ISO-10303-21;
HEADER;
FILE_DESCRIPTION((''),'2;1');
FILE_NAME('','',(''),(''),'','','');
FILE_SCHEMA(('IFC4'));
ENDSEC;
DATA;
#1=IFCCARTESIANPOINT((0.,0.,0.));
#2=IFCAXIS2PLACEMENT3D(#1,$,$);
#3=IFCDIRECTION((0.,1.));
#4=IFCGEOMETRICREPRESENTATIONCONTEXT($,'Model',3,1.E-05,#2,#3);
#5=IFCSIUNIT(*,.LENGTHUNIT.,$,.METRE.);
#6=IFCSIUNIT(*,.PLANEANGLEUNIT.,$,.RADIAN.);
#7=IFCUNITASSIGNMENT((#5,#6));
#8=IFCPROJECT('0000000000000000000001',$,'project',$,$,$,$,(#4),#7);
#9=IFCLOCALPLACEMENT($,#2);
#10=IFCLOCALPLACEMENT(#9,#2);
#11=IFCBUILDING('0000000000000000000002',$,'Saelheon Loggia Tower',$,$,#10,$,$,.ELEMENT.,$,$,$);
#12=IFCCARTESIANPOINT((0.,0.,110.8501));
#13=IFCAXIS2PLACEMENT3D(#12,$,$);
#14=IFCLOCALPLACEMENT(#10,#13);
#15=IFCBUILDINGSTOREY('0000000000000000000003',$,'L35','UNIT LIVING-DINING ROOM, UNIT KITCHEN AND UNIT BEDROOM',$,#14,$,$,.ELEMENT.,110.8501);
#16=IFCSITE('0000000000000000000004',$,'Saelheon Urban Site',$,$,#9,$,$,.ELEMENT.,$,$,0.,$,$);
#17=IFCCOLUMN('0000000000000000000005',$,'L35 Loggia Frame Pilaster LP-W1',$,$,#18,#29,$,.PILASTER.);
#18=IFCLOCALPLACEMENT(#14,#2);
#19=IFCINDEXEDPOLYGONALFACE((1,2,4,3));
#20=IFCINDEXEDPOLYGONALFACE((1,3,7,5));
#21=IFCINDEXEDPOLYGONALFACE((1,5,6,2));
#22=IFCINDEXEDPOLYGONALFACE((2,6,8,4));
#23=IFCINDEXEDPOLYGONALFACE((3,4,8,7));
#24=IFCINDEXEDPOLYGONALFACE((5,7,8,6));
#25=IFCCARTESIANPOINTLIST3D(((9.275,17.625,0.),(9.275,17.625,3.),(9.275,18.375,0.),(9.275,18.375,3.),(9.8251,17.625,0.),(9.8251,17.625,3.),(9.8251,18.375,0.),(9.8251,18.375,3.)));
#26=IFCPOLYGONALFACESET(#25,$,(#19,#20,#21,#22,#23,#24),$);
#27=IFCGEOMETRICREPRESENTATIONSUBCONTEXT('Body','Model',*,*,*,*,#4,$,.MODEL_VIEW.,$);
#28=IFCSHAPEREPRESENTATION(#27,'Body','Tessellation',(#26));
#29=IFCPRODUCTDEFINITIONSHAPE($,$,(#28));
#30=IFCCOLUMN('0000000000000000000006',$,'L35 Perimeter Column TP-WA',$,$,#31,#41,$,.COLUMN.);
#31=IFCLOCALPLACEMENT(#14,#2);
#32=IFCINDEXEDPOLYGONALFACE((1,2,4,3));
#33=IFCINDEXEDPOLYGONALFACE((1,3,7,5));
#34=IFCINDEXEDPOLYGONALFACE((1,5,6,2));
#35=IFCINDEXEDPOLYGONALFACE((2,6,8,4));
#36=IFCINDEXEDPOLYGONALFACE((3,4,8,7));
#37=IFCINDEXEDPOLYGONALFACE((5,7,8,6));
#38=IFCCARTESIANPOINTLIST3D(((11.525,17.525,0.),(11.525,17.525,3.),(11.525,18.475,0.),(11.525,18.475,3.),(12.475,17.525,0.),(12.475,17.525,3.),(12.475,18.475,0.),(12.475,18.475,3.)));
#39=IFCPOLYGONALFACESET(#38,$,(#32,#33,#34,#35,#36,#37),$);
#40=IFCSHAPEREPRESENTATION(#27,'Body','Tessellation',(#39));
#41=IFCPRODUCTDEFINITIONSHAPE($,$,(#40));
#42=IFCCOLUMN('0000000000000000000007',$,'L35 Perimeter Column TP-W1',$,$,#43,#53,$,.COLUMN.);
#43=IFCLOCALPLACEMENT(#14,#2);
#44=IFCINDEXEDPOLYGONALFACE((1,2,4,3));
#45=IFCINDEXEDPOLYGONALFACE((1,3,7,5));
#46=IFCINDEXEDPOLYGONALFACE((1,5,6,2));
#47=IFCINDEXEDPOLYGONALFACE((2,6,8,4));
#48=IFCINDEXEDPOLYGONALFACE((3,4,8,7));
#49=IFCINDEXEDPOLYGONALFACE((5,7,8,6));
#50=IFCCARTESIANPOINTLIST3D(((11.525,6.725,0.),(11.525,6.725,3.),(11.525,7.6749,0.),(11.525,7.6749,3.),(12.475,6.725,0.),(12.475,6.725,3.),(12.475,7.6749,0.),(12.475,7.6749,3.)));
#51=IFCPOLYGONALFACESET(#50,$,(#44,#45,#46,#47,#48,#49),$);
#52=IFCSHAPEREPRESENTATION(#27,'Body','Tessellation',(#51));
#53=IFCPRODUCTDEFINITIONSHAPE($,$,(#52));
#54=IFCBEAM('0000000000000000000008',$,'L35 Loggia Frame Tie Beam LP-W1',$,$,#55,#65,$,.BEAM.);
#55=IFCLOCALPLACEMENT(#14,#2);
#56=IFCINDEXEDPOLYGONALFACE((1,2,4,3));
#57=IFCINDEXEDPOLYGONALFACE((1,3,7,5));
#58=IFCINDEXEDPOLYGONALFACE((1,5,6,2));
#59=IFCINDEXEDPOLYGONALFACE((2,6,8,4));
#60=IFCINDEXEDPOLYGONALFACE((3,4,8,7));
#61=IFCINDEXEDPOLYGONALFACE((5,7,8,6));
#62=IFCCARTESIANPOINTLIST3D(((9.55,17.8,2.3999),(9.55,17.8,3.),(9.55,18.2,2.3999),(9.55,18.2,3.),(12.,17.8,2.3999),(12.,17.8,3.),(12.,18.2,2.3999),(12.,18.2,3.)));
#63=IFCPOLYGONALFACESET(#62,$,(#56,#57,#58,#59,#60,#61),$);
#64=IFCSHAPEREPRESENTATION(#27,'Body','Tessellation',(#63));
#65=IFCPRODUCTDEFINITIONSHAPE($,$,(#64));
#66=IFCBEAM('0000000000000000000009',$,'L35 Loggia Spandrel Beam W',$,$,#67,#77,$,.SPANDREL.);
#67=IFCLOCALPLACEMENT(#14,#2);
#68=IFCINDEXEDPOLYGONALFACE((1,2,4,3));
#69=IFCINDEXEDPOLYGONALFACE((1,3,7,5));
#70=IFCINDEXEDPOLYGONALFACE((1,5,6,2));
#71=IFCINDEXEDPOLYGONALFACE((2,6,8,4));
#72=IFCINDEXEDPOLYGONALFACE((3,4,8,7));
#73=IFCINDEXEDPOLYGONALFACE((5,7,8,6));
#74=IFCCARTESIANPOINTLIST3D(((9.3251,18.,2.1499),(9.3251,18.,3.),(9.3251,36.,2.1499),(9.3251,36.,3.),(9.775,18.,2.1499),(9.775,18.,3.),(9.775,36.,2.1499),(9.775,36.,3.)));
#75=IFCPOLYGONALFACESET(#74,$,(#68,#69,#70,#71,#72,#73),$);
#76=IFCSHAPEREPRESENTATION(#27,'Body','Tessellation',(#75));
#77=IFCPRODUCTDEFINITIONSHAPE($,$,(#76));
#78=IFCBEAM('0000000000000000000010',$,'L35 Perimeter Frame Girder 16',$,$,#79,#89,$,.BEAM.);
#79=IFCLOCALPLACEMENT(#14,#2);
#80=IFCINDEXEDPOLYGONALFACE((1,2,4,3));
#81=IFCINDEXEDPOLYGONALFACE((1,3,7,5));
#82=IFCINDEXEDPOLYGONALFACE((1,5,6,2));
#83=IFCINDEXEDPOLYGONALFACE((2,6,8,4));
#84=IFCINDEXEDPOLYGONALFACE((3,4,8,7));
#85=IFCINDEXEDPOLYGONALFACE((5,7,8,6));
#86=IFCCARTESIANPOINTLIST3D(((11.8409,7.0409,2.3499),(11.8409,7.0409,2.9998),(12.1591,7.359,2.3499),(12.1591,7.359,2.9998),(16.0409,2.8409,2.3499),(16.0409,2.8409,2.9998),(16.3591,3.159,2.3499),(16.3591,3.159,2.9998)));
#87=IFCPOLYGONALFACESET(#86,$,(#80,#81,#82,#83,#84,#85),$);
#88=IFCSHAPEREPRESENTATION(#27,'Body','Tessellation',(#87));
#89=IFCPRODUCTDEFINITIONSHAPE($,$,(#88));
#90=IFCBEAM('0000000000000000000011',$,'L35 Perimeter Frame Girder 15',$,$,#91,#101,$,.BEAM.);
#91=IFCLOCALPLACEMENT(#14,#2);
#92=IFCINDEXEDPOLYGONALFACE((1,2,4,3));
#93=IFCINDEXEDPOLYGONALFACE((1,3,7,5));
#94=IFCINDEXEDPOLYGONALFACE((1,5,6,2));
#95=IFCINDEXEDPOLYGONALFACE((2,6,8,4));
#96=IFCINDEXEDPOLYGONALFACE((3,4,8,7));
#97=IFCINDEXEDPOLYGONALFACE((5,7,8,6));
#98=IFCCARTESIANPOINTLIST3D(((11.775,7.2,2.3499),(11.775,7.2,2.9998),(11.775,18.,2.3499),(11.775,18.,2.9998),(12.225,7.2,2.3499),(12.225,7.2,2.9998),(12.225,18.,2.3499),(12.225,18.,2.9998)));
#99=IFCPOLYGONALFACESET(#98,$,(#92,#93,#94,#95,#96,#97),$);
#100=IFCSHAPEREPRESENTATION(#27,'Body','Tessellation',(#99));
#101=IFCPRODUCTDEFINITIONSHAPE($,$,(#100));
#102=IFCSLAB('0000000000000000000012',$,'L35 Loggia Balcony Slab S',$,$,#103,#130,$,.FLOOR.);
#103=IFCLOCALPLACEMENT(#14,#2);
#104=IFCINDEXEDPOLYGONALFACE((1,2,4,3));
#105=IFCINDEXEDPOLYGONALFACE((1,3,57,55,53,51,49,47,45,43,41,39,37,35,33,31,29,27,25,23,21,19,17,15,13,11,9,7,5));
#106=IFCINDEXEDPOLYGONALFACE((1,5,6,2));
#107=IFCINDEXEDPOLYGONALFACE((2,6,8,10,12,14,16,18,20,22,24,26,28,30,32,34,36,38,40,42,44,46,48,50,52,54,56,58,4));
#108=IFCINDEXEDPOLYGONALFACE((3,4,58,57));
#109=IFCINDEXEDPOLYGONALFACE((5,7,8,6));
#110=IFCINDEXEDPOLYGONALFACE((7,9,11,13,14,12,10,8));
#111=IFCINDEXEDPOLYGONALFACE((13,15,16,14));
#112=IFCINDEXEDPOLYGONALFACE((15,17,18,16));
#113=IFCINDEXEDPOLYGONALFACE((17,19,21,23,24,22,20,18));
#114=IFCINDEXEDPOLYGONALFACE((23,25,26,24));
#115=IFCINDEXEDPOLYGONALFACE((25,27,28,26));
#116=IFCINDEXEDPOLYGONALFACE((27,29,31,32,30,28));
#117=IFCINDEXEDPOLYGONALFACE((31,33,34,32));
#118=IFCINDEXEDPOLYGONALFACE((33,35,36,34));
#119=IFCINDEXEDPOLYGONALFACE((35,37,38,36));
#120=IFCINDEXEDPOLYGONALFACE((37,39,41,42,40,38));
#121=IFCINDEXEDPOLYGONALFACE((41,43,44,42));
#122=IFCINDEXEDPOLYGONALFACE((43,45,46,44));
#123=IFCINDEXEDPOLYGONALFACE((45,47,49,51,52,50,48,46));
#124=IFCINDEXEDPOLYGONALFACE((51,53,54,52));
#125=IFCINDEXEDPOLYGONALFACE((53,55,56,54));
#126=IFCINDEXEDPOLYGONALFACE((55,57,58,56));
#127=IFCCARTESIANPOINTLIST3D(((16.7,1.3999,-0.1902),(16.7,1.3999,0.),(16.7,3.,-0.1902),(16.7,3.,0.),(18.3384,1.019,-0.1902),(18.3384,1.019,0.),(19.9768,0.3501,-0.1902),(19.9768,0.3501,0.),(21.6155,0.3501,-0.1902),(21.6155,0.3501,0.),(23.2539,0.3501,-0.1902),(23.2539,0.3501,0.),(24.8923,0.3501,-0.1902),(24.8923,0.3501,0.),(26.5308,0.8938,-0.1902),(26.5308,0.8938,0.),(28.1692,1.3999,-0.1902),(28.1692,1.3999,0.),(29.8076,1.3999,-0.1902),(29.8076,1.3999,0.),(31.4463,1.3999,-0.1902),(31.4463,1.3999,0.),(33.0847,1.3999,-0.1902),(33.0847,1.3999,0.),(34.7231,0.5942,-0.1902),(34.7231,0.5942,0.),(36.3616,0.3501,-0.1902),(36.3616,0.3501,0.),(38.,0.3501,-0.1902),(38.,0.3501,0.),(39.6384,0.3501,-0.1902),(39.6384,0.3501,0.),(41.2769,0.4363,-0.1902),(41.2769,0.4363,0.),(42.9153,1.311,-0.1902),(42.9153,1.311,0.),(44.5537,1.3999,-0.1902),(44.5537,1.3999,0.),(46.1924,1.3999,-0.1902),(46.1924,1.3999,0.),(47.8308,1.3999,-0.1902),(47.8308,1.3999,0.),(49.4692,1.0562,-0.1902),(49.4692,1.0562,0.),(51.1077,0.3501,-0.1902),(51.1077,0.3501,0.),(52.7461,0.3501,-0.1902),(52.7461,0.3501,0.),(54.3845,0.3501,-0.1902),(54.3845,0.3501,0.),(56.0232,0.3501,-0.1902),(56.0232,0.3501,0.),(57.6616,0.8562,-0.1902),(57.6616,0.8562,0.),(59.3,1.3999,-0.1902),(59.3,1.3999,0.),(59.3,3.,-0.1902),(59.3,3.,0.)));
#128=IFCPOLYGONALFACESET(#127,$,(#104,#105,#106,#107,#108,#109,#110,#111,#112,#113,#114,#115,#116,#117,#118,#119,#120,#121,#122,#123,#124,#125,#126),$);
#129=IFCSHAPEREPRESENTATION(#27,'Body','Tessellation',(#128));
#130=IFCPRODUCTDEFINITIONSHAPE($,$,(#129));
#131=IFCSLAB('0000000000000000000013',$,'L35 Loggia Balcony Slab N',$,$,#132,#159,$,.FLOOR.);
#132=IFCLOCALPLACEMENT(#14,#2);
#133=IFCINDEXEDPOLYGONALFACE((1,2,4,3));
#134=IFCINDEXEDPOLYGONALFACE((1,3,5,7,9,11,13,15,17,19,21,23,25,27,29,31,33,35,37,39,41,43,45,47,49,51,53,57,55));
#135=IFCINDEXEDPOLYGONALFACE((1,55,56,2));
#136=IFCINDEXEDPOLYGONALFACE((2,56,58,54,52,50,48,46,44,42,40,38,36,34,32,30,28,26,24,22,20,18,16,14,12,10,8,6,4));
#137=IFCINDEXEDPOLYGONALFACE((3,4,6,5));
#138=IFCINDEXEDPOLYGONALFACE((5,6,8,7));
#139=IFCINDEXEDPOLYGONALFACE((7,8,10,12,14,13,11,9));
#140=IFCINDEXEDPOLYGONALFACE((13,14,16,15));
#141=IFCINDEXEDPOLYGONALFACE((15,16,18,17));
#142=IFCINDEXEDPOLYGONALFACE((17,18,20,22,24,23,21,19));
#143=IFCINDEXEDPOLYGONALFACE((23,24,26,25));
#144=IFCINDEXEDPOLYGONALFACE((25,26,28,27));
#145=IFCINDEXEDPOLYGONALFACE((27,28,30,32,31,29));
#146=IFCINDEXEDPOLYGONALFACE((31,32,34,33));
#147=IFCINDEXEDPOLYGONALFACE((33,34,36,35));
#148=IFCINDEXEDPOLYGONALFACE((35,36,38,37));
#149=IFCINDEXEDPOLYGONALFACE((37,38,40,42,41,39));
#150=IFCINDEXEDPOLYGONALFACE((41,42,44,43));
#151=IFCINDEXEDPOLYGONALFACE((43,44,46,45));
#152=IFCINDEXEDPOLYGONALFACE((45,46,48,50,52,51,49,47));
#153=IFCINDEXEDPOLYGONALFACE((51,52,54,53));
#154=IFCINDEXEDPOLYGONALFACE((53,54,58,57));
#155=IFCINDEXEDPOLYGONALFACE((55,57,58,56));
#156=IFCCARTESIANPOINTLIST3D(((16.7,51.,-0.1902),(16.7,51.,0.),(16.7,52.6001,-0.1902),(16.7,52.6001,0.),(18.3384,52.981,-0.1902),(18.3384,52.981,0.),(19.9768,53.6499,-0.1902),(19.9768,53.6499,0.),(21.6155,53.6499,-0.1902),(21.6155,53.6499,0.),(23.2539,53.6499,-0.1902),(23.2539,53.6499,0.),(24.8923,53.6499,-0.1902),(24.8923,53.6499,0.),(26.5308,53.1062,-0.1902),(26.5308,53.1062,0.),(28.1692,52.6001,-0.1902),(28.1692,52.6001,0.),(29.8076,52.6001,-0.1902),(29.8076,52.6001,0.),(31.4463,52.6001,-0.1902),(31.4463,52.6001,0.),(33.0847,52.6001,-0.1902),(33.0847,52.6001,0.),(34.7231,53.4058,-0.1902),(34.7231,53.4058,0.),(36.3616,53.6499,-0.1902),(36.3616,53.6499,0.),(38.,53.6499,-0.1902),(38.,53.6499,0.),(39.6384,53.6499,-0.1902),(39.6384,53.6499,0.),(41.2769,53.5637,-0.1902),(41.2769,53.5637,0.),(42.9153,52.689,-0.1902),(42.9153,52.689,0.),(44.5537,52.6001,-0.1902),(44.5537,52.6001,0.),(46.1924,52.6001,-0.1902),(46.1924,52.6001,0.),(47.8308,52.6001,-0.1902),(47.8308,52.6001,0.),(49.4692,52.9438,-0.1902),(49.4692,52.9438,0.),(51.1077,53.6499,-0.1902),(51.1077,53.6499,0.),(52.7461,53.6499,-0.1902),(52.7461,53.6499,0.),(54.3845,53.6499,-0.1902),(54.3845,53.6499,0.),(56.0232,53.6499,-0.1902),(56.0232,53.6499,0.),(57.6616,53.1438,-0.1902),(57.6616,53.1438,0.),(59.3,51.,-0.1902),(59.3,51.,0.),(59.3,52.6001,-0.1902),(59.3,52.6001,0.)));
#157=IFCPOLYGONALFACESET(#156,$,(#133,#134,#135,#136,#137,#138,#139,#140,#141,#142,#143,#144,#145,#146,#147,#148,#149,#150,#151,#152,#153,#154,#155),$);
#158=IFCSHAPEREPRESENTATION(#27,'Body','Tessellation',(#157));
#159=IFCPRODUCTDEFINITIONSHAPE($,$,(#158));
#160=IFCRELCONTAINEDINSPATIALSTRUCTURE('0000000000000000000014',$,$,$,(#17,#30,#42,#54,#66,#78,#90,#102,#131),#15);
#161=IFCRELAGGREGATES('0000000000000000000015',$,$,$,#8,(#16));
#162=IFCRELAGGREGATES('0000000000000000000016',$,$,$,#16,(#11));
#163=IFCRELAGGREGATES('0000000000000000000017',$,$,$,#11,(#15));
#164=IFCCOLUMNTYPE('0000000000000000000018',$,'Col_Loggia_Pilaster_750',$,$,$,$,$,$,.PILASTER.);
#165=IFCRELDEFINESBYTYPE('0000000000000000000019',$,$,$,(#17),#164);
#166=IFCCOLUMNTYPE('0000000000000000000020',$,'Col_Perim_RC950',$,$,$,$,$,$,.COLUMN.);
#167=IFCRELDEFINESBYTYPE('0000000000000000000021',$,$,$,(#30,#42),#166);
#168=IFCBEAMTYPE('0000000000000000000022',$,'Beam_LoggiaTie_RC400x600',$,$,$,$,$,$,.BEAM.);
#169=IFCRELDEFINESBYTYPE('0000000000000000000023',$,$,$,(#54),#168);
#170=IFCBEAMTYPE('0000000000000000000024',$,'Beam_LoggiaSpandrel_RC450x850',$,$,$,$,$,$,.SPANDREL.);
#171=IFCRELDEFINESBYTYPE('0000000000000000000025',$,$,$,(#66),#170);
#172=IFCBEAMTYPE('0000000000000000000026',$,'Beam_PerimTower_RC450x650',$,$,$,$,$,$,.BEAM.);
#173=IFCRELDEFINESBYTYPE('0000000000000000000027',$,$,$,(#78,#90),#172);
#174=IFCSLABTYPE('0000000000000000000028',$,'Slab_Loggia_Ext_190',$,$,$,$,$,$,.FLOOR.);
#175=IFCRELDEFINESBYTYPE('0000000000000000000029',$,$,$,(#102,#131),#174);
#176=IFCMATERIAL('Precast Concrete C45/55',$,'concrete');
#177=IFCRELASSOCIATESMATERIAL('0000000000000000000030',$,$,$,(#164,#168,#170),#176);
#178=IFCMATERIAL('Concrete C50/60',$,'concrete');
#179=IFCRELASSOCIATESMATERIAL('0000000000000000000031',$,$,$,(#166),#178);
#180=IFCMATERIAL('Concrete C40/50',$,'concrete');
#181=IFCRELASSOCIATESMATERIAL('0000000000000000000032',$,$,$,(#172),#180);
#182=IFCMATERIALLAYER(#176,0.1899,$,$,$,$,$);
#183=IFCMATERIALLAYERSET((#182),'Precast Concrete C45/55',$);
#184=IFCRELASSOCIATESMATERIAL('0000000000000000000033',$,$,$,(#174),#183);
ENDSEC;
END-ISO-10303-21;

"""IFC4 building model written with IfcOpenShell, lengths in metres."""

from ifc_helpers import new_model, si_unit, direction, frame, origin, origin_2d, place, context, subcontext, project, spatial, polyline, rectangle, outline, extrude, source, transform, mapped, material, layer, layer_set, material_profile, profile_set, type_object, element, save


model = new_model("IFC4")

# Units and contexts
model_context = context("Model", 3, precision=1e-05, world=origin(), true_north=direction((0.0, 1.0)))
body_context = subcontext(model_context, "Body", "Model", "MODEL_VIEW")
ifc_project = project(units=[si_unit("LENGTHUNIT", "METRE"), si_unit("PLANEANGLEUNIT", "RADIAN")], contexts=[model_context])

# Site, building, storey
site_placement = place(None, origin())
site = spatial("IfcSite", under=ifc_project, at=site_placement, Name="Saelheon Urban Site", CompositionType="ELEMENT", RefElevation=0.0)
building_placement = place(site_placement, origin())
building = spatial("IfcBuilding", under=site, at=building_placement, Name="Saelheon Loggia Tower", CompositionType="ELEMENT")
storey_placement = place(building_placement, frame((0.0, 0.0, 110.8501)))
storey = spatial("IfcBuildingStorey", under=building, at=storey_placement, Name="L35", Description="UNIT LIVING-DINING ROOM, UNIT KITCHEN AND UNIT BEDROOM", CompositionType="ELEMENT", Elevation=110.8501)

# Columns
ifc_material_1 = material(Name="Precast Concrete C45/55", Category="concrete")
ifc_material_profile_1 = material_profile(ifc_material_1, rectangle(XDim=0.55, YDim=0.75, at=origin_2d()), Name="RC-550x750")
ifc_profile_set_1 = profile_set([ifc_material_profile_1], Name="Precast Concrete C45/55")
column_type_1 = type_object("IfcColumnType", Name="Col_Loggia_Pilaster_750", PredefinedType="PILASTER", material=ifc_profile_set_1)
shared_shape_1 = source(origin(), body_context, "Body", "SweptSolid", [
    extrude(rectangle(XDim=0.55, YDim=0.75, at=origin_2d()), origin(), (0.0, 0.0, 1.0), 3.0),
])
column_placement = place(storey_placement, frame((9.55, 18.0, 0.0), z_axis=(0.0, 0.0, 1.0), x_axis=(1.0, 0.0, 0.0)))
element("IfcColumn", 1, at=column_placement, inside=storey, type_object=column_type_1, Name="L35 Loggia Frame Pilaster LP-W1", PredefinedType="PILASTER", context=body_context, shape_type="MappedRepresentation", body=[
    mapped(shared_shape_1, transform((0.0, 0.0, 0.0), scale=1.0)),
])
ifc_material_2 = material(Name="Concrete C50/60", Category="concrete")
ifc_material_profile_2 = material_profile(ifc_material_2, rectangle(XDim=0.95, YDim=0.95, at=origin_2d()), Name="RC-950x950")
ifc_profile_set_2 = profile_set([ifc_material_profile_2], Name="Concrete C50/60")
column_type_2 = type_object("IfcColumnType", Name="Col_Perim_RC950", PredefinedType="COLUMN", material=ifc_profile_set_2)
shared_shape_2 = source(origin(), body_context, "Body", "SweptSolid", [
    extrude(rectangle(XDim=0.95, YDim=0.95, at=origin_2d()), origin(), (0.0, 0.0, 1.0), 3.0),
])
for number, where, z_axis, x_axis, name in (
    (2, (12.0, 18.0, 0.0), (0.0, 0.0, 1.0), (1.0, 0.0, 0.0), "L35 Perimeter Column TP-WA"),
    (3, (12.0, 7.2, 0.0), (0.0, 0.0, 1.0), (1.0, 0.0, 0.0), "L35 Perimeter Column TP-W1"),
):
    element("IfcColumn", number, at=place(storey_placement, frame(where, z_axis=z_axis, x_axis=x_axis)), inside=storey, type_object=column_type_2, Name=name, PredefinedType="COLUMN", context=body_context, shape_type="MappedRepresentation", body=[
        mapped(shared_shape_2, transform((0.0, 0.0, 0.0), scale=1.0)),
    ])

# Beams
ifc_material_profile_3 = material_profile(ifc_material_1, rectangle(XDim=0.3999, YDim=0.6001, at=origin_2d()), Name="RC-400x600")
ifc_profile_set_3 = profile_set([ifc_material_profile_3], Name="Precast Concrete C45/55")
beam_type_1 = type_object("IfcBeamType", Name="Beam_LoggiaTie_RC400x600", PredefinedType="BEAM", material=ifc_profile_set_3)
shared_shape_3 = source(origin(), body_context, "Body", "SweptSolid", [
    extrude(rectangle(XDim=0.3999, YDim=0.6001, at=origin_2d()), origin(), (0.0, 0.0, 1.0), 2.45),
])
beam_1_placement = place(storey_placement, frame((12.0, 18.0, 2.7), z_axis=(-1.0, 0.0, 0.0), x_axis=(0.0, -1.0, 0.0)))
element("IfcBeam", 4, at=beam_1_placement, inside=storey, type_object=beam_type_1, Name="L35 Loggia Frame Tie Beam LP-W1", PredefinedType="BEAM", context=body_context, shape_type="MappedRepresentation", body=[
    mapped(shared_shape_3, transform((0.0, 0.0, 0.0), scale=1.0)),
])
ifc_material_profile_4 = material_profile(ifc_material_1, rectangle(XDim=0.45, YDim=0.8501, at=origin_2d()), Name="RC-450x850")
ifc_profile_set_4 = profile_set([ifc_material_profile_4], Name="Precast Concrete C45/55")
beam_type_2 = type_object("IfcBeamType", Name="Beam_LoggiaSpandrel_RC450x850", PredefinedType="SPANDREL", material=ifc_profile_set_4)
shared_shape_4 = source(origin(), body_context, "Body", "SweptSolid", [
    extrude(rectangle(XDim=0.45, YDim=0.8501, at=origin_2d()), origin(), (0.0, 0.0, 1.0), 18.0),
])
beam_2_placement = place(storey_placement, frame((9.55, 18.0, 2.575), z_axis=(0.0, 1.0, 0.0), x_axis=(-1.0, 0.0, 0.0)))
element("IfcBeam", 5, at=beam_2_placement, inside=storey, type_object=beam_type_2, Name="L35 Loggia Spandrel Beam W", PredefinedType="SPANDREL", context=body_context, shape_type="MappedRepresentation", body=[
    mapped(shared_shape_4, transform((0.0, 0.0, 0.0), scale=1.0)),
])
ifc_material_3 = material(Name="Concrete C40/50", Category="concrete")
ifc_material_profile_5 = material_profile(ifc_material_3, rectangle(XDim=0.45, YDim=0.6499, at=origin_2d()), Name="RC-450x650")
ifc_profile_set_5 = profile_set([ifc_material_profile_5], Name="Concrete C40/50")
beam_type_3 = type_object("IfcBeamType", Name="Beam_PerimTower_RC450x650", PredefinedType="BEAM", material=ifc_profile_set_5)
shared_shape_5 = source(origin(), body_context, "Body", "SweptSolid", [
    extrude(rectangle(XDim=0.45, YDim=0.6499, at=origin_2d()), origin(), (0.0, 0.0, 1.0), 5.9397),
])
beam_3_placement = place(storey_placement, frame((12.0, 7.2, 2.6748), z_axis=(0.707107, -0.707107, 0.0), x_axis=(0.707107, 0.707107, 0.0)))
element("IfcBeam", 6, at=beam_3_placement, inside=storey, type_object=beam_type_3, Name="L35 Perimeter Frame Girder 16", PredefinedType="BEAM", context=body_context, shape_type="MappedRepresentation", body=[
    mapped(shared_shape_5, transform((0.0, 0.0, 0.0), scale=1.0)),
])
shared_shape_6 = source(origin(), body_context, "Body", "SweptSolid", [
    extrude(rectangle(XDim=0.45, YDim=0.6499, at=origin_2d()), origin(), (0.0, 0.0, 1.0), 10.8),
])
beam_4_placement = place(storey_placement, frame((12.0, 18.0, 2.6748), z_axis=(0.0, -1.0, 0.0), x_axis=(1.0, 0.0, 0.0)))
element("IfcBeam", 7, at=beam_4_placement, inside=storey, type_object=beam_type_3, Name="L35 Perimeter Frame Girder 15", PredefinedType="BEAM", context=body_context, shape_type="MappedRepresentation", body=[
    mapped(shared_shape_6, transform((0.0, 0.0, 0.0), scale=1.0)),
])

# Slabs
ifc_layer_1 = layer(ifc_material_1, 0.1899)
ifc_layer_set_1 = layer_set([ifc_layer_1], Name="Precast Concrete C45/55")
slab_type_1 = type_object("IfcSlabType", Name="Slab_Loggia_Ext_190", PredefinedType="FLOOR", material=ifc_layer_set_1)
slab_1_placement = place(storey_placement, frame((0.0, 0.0, -0.1902)))
element("IfcSlab", 8, at=slab_1_placement, inside=storey, type_object=slab_type_1, Name="L35 Loggia Balcony Slab S", PredefinedType="FLOOR", context=body_context, shape_type="SweptSolid", body=[
    extrude(outline(polyline([(16.7, 1.3999), (18.3384, 1.019), (19.9768, 0.3501), (21.6155, 0.3501), (23.2539, 0.3501), (24.8923, 0.3501), (26.5308, 0.8938), (28.1692, 1.3999), (29.8076, 1.3999), (31.4463, 1.3999), (33.0847, 1.3999), (34.7231, 0.5942), (36.3616, 0.3501), (38.0, 0.3501), (39.6384, 0.3501), (41.2769, 0.4363), (42.9153, 1.311), (44.5537, 1.3999), (46.1924, 1.3999), (47.8308, 1.3999), (49.4692, 1.0562), (51.1077, 0.3501), (52.7461, 0.3501), (54.3845, 0.3501), (56.0232, 0.3501), (57.6616, 0.8562), (59.3, 1.3999), (59.3, 3.0), (16.7, 3.0), (16.7, 1.3999)])), origin(), (0.0, 0.0, 1.0), 0.1902),
])
slab_2_placement = place(storey_placement, frame((0.0, 0.0, -0.1902)))
element("IfcSlab", 9, at=slab_2_placement, inside=storey, type_object=slab_type_1, Name="L35 Loggia Balcony Slab N", PredefinedType="FLOOR", context=body_context, shape_type="SweptSolid", body=[
    extrude(outline(polyline([(16.7, 51.0), (59.3, 51.0), (59.3, 52.6001), (57.6616, 53.1438), (56.0232, 53.6499), (54.3845, 53.6499), (52.7461, 53.6499), (51.1077, 53.6499), (49.4692, 52.9438), (47.8308, 52.6001), (46.1924, 52.6001), (44.5537, 52.6001), (42.9153, 52.689), (41.2769, 53.5637), (39.6384, 53.6499), (38.0, 53.6499), (36.3616, 53.6499), (34.7231, 53.4058), (33.0847, 52.6001), (31.4463, 52.6001), (29.8076, 52.6001), (28.1692, 52.6001), (26.5308, 53.1062), (24.8923, 53.6499), (23.2539, 53.6499), (21.6155, 53.6499), (19.9768, 53.6499), (18.3384, 52.981), (16.7, 52.6001), (16.7, 51.0)])), origin(), (0.0, 0.0, 1.0), 0.1902),
])

save(model, "model.ifc")
